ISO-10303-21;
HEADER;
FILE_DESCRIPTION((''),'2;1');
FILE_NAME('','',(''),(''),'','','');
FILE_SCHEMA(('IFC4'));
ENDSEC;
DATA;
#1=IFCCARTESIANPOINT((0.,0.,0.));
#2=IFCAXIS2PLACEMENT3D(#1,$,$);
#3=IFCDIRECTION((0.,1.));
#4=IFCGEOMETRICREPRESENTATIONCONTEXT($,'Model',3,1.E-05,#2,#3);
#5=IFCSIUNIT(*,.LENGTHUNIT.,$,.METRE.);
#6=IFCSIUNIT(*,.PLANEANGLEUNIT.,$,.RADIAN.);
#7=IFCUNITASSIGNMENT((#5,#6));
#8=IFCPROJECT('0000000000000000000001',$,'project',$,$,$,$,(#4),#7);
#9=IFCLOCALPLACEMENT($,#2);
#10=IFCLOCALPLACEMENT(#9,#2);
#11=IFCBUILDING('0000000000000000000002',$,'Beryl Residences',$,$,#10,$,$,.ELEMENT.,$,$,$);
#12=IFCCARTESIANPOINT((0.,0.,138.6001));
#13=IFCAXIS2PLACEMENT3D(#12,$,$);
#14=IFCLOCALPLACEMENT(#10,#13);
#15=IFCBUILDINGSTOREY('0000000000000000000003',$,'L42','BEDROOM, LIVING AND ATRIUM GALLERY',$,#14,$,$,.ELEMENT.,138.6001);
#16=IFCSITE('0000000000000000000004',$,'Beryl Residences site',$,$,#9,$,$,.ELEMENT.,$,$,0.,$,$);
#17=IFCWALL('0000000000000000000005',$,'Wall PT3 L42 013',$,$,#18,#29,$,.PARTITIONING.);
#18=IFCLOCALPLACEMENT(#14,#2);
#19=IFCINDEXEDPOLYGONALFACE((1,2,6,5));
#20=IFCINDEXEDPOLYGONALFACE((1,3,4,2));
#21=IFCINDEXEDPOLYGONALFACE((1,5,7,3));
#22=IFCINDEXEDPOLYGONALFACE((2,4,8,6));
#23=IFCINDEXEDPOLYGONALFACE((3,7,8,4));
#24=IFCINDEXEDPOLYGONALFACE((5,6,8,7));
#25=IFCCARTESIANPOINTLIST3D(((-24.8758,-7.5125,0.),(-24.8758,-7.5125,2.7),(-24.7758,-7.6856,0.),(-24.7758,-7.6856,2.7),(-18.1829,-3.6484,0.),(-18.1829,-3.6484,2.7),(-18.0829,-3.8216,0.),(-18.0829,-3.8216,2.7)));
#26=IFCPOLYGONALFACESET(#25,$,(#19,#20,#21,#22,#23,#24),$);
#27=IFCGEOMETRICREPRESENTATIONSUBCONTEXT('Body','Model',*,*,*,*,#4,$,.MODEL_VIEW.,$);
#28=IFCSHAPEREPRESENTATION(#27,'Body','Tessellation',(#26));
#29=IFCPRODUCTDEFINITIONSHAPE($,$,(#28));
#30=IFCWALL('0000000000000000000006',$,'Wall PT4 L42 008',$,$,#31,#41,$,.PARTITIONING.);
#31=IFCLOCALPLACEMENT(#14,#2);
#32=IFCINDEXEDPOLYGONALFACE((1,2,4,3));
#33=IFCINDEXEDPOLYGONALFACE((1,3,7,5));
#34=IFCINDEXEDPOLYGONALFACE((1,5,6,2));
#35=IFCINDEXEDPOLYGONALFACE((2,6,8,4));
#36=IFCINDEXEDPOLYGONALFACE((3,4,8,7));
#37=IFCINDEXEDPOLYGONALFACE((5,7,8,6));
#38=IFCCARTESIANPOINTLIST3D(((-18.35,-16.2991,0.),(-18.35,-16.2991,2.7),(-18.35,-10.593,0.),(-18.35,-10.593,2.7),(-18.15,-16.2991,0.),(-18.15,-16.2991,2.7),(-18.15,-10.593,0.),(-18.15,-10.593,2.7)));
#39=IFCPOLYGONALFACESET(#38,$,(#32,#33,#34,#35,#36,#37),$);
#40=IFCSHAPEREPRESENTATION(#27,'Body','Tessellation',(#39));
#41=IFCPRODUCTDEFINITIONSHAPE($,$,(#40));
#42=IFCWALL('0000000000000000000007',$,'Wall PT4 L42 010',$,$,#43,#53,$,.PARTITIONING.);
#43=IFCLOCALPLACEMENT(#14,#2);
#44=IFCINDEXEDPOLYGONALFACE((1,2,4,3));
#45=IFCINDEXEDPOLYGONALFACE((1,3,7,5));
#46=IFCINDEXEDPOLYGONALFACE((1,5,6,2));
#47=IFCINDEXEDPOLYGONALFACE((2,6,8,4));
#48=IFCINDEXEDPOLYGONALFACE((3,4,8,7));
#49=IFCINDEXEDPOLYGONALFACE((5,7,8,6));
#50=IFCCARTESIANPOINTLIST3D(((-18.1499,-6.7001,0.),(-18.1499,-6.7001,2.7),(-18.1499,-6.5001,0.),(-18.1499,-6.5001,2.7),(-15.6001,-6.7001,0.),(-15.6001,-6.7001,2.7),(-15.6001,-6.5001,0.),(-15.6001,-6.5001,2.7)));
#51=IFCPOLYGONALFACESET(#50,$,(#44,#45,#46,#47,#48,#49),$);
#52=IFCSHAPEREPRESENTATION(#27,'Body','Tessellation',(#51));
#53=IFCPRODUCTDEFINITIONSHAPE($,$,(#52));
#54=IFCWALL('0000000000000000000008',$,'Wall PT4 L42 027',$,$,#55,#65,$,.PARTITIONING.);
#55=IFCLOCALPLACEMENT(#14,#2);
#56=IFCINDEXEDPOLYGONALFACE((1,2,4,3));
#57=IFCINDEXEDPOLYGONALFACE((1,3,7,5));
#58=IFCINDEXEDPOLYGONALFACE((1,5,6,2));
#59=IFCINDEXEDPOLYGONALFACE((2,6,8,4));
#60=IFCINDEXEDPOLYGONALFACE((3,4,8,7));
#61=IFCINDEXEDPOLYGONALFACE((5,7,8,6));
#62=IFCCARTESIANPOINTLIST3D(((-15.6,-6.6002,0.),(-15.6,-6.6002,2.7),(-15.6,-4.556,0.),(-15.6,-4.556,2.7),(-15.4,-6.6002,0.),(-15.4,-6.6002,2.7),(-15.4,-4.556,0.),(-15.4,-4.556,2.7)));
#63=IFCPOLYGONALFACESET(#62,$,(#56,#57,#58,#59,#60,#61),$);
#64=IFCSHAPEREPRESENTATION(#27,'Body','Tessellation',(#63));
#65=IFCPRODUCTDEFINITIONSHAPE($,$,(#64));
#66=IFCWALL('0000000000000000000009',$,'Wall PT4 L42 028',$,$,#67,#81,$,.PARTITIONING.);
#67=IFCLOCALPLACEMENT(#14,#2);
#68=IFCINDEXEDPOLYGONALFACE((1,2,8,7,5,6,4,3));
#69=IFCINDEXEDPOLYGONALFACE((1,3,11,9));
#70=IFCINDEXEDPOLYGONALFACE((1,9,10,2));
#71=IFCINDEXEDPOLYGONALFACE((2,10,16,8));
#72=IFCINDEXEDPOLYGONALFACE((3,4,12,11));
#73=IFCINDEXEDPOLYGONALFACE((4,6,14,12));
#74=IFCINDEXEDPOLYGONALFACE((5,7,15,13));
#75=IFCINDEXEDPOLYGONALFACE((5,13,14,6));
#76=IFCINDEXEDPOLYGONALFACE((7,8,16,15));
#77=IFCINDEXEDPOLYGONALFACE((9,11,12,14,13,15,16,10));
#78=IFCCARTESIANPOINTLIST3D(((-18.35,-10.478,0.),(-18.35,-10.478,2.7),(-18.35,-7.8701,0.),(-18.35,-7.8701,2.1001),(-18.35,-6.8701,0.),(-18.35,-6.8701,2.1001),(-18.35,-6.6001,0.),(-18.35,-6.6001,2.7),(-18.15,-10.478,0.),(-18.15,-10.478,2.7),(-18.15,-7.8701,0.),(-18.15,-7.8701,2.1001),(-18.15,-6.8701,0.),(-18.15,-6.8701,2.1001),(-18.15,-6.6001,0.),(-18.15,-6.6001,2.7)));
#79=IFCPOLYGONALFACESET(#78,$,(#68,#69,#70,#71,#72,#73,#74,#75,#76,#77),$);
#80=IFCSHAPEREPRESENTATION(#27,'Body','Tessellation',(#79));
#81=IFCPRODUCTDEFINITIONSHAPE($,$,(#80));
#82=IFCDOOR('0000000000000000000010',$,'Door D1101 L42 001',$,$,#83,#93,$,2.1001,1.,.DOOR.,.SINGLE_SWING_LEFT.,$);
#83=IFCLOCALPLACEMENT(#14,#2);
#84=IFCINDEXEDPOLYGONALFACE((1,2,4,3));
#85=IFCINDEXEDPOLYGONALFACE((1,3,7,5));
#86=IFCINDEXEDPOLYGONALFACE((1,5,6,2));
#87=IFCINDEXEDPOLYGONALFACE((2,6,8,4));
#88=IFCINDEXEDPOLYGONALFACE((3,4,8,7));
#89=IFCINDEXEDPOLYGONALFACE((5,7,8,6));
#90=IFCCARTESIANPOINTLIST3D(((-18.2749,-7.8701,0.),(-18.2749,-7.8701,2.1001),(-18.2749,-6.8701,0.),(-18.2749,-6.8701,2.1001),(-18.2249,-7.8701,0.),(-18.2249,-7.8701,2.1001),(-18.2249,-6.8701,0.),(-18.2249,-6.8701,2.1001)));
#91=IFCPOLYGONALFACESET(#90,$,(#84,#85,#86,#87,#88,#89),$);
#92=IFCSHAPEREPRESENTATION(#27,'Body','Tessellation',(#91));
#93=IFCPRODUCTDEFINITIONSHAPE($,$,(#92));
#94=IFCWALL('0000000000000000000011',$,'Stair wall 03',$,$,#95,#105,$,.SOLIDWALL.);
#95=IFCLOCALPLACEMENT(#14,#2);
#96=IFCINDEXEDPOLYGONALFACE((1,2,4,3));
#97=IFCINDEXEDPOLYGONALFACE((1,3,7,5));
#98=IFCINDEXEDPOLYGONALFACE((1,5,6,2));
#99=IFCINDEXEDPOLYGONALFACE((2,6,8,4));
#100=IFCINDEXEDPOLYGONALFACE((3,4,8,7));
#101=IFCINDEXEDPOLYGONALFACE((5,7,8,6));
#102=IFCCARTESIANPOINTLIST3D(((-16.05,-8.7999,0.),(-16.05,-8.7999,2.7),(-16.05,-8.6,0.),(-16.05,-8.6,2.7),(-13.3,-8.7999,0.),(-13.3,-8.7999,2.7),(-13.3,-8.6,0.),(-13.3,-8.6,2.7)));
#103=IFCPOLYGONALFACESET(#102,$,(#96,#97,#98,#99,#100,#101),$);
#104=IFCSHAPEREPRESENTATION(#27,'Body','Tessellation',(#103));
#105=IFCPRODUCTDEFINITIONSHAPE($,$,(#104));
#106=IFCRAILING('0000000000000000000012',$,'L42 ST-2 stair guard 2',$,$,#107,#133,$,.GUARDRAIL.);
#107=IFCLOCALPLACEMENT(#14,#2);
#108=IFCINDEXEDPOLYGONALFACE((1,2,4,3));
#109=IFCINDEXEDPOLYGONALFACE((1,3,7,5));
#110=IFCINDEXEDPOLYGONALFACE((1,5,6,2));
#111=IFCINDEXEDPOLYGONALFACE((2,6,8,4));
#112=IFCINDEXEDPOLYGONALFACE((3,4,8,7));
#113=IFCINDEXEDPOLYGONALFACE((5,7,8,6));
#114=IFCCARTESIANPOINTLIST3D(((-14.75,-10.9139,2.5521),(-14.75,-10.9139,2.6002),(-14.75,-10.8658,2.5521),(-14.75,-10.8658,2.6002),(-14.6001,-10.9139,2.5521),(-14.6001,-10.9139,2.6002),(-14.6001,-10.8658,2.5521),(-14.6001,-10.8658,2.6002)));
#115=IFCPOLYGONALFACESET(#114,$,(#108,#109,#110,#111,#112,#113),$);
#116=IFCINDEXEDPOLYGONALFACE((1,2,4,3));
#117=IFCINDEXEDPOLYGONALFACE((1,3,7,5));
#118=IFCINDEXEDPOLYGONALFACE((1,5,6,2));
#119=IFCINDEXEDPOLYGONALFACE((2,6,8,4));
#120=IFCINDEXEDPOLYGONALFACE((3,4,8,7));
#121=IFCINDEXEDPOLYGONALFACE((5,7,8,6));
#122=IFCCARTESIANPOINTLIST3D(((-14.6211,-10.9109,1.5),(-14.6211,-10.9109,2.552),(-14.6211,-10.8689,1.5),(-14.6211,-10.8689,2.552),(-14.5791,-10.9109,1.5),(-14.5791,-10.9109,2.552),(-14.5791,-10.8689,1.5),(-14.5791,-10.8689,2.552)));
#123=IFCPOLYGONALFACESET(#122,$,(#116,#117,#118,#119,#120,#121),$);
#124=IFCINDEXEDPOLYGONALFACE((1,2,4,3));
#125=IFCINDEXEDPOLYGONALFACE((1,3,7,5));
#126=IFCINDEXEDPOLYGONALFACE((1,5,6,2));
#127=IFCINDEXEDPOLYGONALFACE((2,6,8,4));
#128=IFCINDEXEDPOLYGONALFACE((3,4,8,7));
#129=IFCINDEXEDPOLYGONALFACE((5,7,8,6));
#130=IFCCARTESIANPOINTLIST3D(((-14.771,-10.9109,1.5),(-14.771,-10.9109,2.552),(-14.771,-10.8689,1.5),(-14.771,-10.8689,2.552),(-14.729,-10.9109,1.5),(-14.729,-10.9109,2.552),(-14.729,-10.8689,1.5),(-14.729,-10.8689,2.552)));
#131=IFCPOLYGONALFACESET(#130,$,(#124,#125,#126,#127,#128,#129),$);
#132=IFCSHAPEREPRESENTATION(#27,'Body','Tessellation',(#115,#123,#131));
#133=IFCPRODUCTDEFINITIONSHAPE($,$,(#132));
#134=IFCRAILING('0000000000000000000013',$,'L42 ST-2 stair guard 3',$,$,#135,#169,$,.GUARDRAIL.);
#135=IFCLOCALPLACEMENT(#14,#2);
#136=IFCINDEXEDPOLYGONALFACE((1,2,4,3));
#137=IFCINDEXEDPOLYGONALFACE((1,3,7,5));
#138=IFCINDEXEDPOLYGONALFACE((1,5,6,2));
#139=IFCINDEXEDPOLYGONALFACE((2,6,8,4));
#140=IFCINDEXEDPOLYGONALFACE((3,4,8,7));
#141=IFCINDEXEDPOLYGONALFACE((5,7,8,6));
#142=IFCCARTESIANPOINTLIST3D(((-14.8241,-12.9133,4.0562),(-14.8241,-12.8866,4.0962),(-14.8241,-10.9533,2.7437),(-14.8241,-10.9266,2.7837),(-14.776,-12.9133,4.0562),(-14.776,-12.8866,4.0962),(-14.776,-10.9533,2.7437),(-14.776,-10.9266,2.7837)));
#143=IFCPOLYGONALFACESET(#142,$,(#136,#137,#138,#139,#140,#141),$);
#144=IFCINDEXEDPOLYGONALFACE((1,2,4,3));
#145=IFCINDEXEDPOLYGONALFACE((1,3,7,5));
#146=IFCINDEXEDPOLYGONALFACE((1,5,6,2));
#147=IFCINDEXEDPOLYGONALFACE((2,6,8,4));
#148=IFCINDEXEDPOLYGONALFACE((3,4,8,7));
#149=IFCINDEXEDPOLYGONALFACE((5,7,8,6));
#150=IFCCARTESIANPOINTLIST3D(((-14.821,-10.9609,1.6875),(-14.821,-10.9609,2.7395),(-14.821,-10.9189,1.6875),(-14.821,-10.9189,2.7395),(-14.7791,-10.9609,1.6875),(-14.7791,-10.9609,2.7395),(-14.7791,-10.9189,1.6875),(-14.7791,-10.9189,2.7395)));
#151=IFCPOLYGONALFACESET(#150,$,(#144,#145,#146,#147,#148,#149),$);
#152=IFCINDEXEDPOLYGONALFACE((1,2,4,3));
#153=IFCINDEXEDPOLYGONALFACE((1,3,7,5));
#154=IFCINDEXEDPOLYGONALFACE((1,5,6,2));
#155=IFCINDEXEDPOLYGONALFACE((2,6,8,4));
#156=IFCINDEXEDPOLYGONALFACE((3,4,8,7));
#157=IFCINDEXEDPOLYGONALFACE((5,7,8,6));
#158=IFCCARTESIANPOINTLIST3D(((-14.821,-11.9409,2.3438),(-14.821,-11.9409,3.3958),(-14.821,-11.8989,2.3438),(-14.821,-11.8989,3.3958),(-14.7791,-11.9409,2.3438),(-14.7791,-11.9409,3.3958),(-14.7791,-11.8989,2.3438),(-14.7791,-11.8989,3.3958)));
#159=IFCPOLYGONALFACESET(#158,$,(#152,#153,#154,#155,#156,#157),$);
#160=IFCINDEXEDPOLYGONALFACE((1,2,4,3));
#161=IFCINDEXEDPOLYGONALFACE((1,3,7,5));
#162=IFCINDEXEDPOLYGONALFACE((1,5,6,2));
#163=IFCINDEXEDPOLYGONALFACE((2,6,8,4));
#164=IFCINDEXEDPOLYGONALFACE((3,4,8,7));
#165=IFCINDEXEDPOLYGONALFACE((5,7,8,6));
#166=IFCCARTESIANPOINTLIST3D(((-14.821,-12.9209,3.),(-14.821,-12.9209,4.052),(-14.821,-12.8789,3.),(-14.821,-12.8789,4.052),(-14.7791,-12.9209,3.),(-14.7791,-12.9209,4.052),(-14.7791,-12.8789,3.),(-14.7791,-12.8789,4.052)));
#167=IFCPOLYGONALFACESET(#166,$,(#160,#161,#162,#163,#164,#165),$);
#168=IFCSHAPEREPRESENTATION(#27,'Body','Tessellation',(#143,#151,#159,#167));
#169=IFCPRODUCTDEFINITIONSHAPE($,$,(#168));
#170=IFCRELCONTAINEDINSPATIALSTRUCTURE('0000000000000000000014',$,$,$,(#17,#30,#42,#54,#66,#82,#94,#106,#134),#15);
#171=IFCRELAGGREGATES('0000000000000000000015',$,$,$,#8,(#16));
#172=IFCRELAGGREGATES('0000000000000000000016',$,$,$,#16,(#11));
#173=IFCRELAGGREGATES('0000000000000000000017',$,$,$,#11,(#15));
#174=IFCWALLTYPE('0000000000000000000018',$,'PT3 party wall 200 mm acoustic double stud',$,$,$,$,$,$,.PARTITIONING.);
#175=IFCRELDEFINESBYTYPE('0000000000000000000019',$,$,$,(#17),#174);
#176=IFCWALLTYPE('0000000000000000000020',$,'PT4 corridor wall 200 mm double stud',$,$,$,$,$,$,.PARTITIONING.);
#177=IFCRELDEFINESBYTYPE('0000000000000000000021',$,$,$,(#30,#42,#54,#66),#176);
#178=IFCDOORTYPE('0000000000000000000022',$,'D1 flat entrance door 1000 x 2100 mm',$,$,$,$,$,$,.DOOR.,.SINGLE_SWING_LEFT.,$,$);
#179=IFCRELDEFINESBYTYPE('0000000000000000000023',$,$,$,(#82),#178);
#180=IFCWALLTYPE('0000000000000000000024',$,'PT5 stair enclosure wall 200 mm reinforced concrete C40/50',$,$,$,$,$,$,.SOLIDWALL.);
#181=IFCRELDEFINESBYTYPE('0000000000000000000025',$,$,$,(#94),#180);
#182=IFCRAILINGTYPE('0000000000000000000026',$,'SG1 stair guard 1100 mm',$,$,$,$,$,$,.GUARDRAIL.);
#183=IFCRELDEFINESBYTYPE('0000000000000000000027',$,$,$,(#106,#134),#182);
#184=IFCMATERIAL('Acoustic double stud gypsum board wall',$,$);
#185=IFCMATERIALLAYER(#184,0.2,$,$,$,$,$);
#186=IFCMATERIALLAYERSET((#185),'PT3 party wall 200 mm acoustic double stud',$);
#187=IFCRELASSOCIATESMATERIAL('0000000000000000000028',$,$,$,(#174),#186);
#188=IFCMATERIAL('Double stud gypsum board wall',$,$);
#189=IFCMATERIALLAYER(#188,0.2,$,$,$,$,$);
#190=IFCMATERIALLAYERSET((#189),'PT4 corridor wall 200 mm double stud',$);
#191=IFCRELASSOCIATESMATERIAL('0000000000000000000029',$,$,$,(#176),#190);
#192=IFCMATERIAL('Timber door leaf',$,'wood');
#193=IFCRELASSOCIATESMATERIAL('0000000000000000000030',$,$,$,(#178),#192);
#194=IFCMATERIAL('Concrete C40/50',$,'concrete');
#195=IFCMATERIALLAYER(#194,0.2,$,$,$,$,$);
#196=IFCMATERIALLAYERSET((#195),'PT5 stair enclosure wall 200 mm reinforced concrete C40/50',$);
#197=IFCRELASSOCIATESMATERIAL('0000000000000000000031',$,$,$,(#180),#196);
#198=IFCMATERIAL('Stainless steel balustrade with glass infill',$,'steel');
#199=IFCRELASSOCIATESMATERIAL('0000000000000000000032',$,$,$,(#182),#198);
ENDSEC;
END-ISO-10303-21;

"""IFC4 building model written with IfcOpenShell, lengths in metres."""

from ifc_helpers import new_model, si_unit, direction, frame, frame_2d, origin, origin_2d, place, context, subcontext, project, spatial, rectangle, extrude, material, layer, layer_set, type_object, element, fill, save


model = new_model("IFC4")

# Units and contexts
model_context = context("Model", 3, precision=1e-05, world=origin(), true_north=direction((0.0, 1.0)))
body_context = subcontext(model_context, "Body", "Model", "MODEL_VIEW")
ifc_project = project(units=[si_unit("LENGTHUNIT", "METRE"), si_unit("PLANEANGLEUNIT", "RADIAN")], contexts=[model_context])

# Site, building, storey
site_placement = place(None, origin())
site = spatial("IfcSite", under=ifc_project, at=site_placement, Name="Beryl Residences site", CompositionType="ELEMENT", RefElevation=0.0)
building_placement = place(site_placement, origin())
building = spatial("IfcBuilding", under=site, at=building_placement, Name="Beryl Residences", CompositionType="ELEMENT")
storey_placement = place(building_placement, frame((0.0, 0.0, 138.6001)))
storey = spatial("IfcBuildingStorey", under=building, at=storey_placement, Name="L42", Description="BEDROOM, LIVING AND ATRIUM GALLERY", CompositionType="ELEMENT", Elevation=138.6001)

# Walls
ifc_material_1 = material(Name="Acoustic double stud gypsum board wall")
ifc_layer_1 = layer(ifc_material_1, 0.2)
ifc_layer_set_1 = layer_set([ifc_layer_1], Name="PT3 party wall 200 mm acoustic double stud")
wall_type_1 = type_object("IfcWallType", Name="PT3 party wall 200 mm acoustic double stud", PredefinedType="PARTITIONING", material=ifc_layer_set_1)
wall_1_placement = place(storey_placement, frame((-24.8259, -7.5991, 0.0), z_axis=(0.0, 0.0, 1.0), x_axis=(0.866032, 0.499989, 0.0)))
element("IfcWall", 1, at=wall_1_placement, inside=storey, type_object=wall_type_1, Name="Wall PT3 L42 013", PredefinedType="PARTITIONING", context=body_context, shape_type="SweptSolid", body=[
    extrude(rectangle(XDim=7.7283, YDim=0.2, at=frame_2d((3.8643, 0.0))), origin(), (0.0, 0.0, 1.0), 2.7),
])
ifc_material_2 = material(Name="Double stud gypsum board wall")
ifc_layer_2 = layer(ifc_material_2, 0.2)
ifc_layer_set_2 = layer_set([ifc_layer_2], Name="PT4 corridor wall 200 mm double stud")
wall_type_2 = type_object("IfcWallType", Name="PT4 corridor wall 200 mm double stud", PredefinedType="PARTITIONING", material=ifc_layer_set_2)
wall_2_placement = place(storey_placement, frame((-18.25, -10.593, 0.0), z_axis=(0.0, 0.0, 1.0), x_axis=(0.0, -1.0, 0.0)))
element("IfcWall", 2, at=wall_2_placement, inside=storey, type_object=wall_type_2, Name="Wall PT4 L42 008", PredefinedType="PARTITIONING", context=body_context, shape_type="SweptSolid", body=[
    extrude(rectangle(XDim=5.7061, YDim=0.2, at=frame_2d((2.853, 0.0))), origin(), (0.0, 0.0, 1.0), 2.7),
])
wall_3_placement = place(storey_placement, frame((-18.1499, -6.6001, 0.0), z_axis=(0.0, 0.0, 1.0), x_axis=(1.0, 0.0, 0.0)))
element("IfcWall", 3, at=wall_3_placement, inside=storey, type_object=wall_type_2, Name="Wall PT4 L42 010", PredefinedType="PARTITIONING", context=body_context, shape_type="SweptSolid", body=[
    extrude(rectangle(XDim=2.5498, YDim=0.2, at=frame_2d((1.2749, 0.0))), origin(), (0.0, 0.0, 1.0), 2.7),
])
wall_4_placement = place(storey_placement, frame((-15.5, -6.6001, 0.0), z_axis=(0.0, 0.0, 1.0), x_axis=(0.0, 1.0, 0.0)))
element("IfcWall", 4, at=wall_4_placement, inside=storey, type_object=wall_type_2, Name="Wall PT4 L42 027", PredefinedType="PARTITIONING", context=body_context, shape_type="SweptSolid", body=[
    extrude(rectangle(XDim=2.0442, YDim=0.2, at=frame_2d((1.022, 0.0))), origin(), (0.0, 0.0, 1.0), 2.7),
])

# Wall, opening, door
wall_5_placement = place(storey_placement, frame((-18.25, -10.478, 0.0), z_axis=(0.0, 0.0, 1.0), x_axis=(0.0, 1.0, 0.0)))
wall_5 = element("IfcWall", 5, at=wall_5_placement, inside=storey, type_object=wall_type_2, Name="Wall PT4 L42 028", PredefinedType="PARTITIONING", context=body_context, shape_type="SweptSolid", body=[
    extrude(rectangle(XDim=3.8779, YDim=0.2, at=frame_2d((1.939, 0.0))), origin(), (0.0, 0.0, 1.0), 2.7),
])
opening_1_placement = place(wall_5_placement, frame((2.6079, 0.0, 0.0)))
opening_1 = element("IfcOpeningElement", 6, at=opening_1_placement, cuts=wall_5, PredefinedType="OPENING", context=body_context, shape_type="SweptSolid", body=[
    extrude(rectangle(XDim=1.0, YDim=2.1001, at=frame_2d((0.5, 1.05))), frame((0.0, 0.1099, 0.0), z_axis=(0.0, -1.0, 0.0), x_axis=(1.0, 0.0, 0.0)), (0.0, 0.0, 1.0), 0.22),
])
ifc_material_3 = material(Name="Timber door leaf", Category="wood")
door_type_1 = type_object("IfcDoorType", Name="D1 flat entrance door 1000 x 2100 mm", OperationType="SINGLE_SWING_LEFT", PredefinedType="DOOR", material=ifc_material_3)
door_1_placement = place(opening_1_placement, origin())
door_1 = element("IfcDoor", 7, at=door_1_placement, inside=storey, type_object=door_type_1, Name="Door D1101 L42 001", OperationType="SINGLE_SWING_LEFT", OverallHeight=2.1001, OverallWidth=1.0, PredefinedType="DOOR", context=body_context, shape_type="SweptSolid", body=[
    extrude(rectangle(XDim=1.0, YDim=2.1001, at=frame_2d((0.5, 1.05))), frame((0.0, 0.0249, 0.0), z_axis=(0.0, -1.0, 0.0), x_axis=(1.0, 0.0, 0.0)), (0.0, 0.0, 1.0), 0.05),
])
fill(opening_1, door_1)

# Wall
ifc_material_4 = material(Name="Concrete C40/50", Category="concrete")
ifc_layer_3 = layer(ifc_material_4, 0.2)
ifc_layer_set_3 = layer_set([ifc_layer_3], Name="PT5 stair enclosure wall 200 mm reinforced concrete C40/50")
wall_type_3 = type_object("IfcWallType", Name="PT5 stair enclosure wall 200 mm reinforced concrete C40/50", PredefinedType="SOLIDWALL", material=ifc_layer_set_3)
wall_6_placement = place(storey_placement, frame((-16.05, -8.7, 0.0), z_axis=(0.0, 0.0, 1.0), x_axis=(1.0, 0.0, 0.0)))
element("IfcWall", 8, at=wall_6_placement, inside=storey, type_object=wall_type_3, Name="Stair wall 03", PredefinedType="SOLIDWALL", context=body_context, shape_type="SweptSolid", body=[
    extrude(rectangle(XDim=2.75, YDim=0.2, at=frame_2d((1.375, 0.0))), origin(), (0.0, 0.0, 1.0), 2.7),
])

# Railings
ifc_material_5 = material(Name="Stainless steel balustrade with glass infill", Category="steel")
railing_type_1 = type_object("IfcRailingType", Name="SG1 stair guard 1100 mm", PredefinedType="GUARDRAIL", material=ifc_material_5)
railing_1_placement = place(storey_placement, frame((-14.6001, -10.8899, 1.5)))
element("IfcRailing", 9, at=railing_1_placement, inside=storey, type_object=railing_type_1, Name="L42 ST-2 stair guard 2", PredefinedType="GUARDRAIL", context=body_context, shape_type="SweptSolid", body=[
    extrude(rectangle(XDim=0.0481, YDim=0.0481, at=origin_2d()), frame((0.0, 0.0, 1.0762), z_axis=(-1.0, 0.0, 0.0), x_axis=(0.0, -1.0, 0.0)), (0.0, 0.0, 1.0), 0.1499),
    extrude(rectangle(XDim=0.042, YDim=0.042, at=origin_2d()), origin(), (0.0, 0.0, 1.0), 1.052),
    extrude(rectangle(XDim=0.042, YDim=0.042, at=origin_2d()), frame((-0.1499, 0.0, 0.0)), (0.0, 0.0, 1.0), 1.052),
])
railing_2_placement = place(storey_placement, frame((-14.8, -10.9399, 1.6875)))
element("IfcRailing", 10, at=railing_2_placement, inside=storey, type_object=railing_type_1, Name="L42 ST-2 stair guard 3", PredefinedType="GUARDRAIL", context=body_context, shape_type="SweptSolid", body=[
    extrude(rectangle(XDim=0.0481, YDim=0.0481, at=origin_2d()), frame((0.0, 0.0, 1.0762), z_axis=(0.0, -0.830902, 0.556419), x_axis=(1.0, 0.0, 0.0)), (0.0, 0.0, 1.0), 2.3589),
    extrude(rectangle(XDim=0.042, YDim=0.042, at=origin_2d()), origin(), (0.0, 0.0, 1.0), 1.052),
    extrude(rectangle(XDim=0.042, YDim=0.042, at=origin_2d()), frame((0.0, -0.98, 0.6562)), (0.0, 0.0, 1.0), 1.052),
    extrude(rectangle(XDim=0.042, YDim=0.042, at=origin_2d()), frame((0.0, -1.96, 1.3125)), (0.0, 0.0, 1.0), 1.052),
])

save(model, "model.ifc")
